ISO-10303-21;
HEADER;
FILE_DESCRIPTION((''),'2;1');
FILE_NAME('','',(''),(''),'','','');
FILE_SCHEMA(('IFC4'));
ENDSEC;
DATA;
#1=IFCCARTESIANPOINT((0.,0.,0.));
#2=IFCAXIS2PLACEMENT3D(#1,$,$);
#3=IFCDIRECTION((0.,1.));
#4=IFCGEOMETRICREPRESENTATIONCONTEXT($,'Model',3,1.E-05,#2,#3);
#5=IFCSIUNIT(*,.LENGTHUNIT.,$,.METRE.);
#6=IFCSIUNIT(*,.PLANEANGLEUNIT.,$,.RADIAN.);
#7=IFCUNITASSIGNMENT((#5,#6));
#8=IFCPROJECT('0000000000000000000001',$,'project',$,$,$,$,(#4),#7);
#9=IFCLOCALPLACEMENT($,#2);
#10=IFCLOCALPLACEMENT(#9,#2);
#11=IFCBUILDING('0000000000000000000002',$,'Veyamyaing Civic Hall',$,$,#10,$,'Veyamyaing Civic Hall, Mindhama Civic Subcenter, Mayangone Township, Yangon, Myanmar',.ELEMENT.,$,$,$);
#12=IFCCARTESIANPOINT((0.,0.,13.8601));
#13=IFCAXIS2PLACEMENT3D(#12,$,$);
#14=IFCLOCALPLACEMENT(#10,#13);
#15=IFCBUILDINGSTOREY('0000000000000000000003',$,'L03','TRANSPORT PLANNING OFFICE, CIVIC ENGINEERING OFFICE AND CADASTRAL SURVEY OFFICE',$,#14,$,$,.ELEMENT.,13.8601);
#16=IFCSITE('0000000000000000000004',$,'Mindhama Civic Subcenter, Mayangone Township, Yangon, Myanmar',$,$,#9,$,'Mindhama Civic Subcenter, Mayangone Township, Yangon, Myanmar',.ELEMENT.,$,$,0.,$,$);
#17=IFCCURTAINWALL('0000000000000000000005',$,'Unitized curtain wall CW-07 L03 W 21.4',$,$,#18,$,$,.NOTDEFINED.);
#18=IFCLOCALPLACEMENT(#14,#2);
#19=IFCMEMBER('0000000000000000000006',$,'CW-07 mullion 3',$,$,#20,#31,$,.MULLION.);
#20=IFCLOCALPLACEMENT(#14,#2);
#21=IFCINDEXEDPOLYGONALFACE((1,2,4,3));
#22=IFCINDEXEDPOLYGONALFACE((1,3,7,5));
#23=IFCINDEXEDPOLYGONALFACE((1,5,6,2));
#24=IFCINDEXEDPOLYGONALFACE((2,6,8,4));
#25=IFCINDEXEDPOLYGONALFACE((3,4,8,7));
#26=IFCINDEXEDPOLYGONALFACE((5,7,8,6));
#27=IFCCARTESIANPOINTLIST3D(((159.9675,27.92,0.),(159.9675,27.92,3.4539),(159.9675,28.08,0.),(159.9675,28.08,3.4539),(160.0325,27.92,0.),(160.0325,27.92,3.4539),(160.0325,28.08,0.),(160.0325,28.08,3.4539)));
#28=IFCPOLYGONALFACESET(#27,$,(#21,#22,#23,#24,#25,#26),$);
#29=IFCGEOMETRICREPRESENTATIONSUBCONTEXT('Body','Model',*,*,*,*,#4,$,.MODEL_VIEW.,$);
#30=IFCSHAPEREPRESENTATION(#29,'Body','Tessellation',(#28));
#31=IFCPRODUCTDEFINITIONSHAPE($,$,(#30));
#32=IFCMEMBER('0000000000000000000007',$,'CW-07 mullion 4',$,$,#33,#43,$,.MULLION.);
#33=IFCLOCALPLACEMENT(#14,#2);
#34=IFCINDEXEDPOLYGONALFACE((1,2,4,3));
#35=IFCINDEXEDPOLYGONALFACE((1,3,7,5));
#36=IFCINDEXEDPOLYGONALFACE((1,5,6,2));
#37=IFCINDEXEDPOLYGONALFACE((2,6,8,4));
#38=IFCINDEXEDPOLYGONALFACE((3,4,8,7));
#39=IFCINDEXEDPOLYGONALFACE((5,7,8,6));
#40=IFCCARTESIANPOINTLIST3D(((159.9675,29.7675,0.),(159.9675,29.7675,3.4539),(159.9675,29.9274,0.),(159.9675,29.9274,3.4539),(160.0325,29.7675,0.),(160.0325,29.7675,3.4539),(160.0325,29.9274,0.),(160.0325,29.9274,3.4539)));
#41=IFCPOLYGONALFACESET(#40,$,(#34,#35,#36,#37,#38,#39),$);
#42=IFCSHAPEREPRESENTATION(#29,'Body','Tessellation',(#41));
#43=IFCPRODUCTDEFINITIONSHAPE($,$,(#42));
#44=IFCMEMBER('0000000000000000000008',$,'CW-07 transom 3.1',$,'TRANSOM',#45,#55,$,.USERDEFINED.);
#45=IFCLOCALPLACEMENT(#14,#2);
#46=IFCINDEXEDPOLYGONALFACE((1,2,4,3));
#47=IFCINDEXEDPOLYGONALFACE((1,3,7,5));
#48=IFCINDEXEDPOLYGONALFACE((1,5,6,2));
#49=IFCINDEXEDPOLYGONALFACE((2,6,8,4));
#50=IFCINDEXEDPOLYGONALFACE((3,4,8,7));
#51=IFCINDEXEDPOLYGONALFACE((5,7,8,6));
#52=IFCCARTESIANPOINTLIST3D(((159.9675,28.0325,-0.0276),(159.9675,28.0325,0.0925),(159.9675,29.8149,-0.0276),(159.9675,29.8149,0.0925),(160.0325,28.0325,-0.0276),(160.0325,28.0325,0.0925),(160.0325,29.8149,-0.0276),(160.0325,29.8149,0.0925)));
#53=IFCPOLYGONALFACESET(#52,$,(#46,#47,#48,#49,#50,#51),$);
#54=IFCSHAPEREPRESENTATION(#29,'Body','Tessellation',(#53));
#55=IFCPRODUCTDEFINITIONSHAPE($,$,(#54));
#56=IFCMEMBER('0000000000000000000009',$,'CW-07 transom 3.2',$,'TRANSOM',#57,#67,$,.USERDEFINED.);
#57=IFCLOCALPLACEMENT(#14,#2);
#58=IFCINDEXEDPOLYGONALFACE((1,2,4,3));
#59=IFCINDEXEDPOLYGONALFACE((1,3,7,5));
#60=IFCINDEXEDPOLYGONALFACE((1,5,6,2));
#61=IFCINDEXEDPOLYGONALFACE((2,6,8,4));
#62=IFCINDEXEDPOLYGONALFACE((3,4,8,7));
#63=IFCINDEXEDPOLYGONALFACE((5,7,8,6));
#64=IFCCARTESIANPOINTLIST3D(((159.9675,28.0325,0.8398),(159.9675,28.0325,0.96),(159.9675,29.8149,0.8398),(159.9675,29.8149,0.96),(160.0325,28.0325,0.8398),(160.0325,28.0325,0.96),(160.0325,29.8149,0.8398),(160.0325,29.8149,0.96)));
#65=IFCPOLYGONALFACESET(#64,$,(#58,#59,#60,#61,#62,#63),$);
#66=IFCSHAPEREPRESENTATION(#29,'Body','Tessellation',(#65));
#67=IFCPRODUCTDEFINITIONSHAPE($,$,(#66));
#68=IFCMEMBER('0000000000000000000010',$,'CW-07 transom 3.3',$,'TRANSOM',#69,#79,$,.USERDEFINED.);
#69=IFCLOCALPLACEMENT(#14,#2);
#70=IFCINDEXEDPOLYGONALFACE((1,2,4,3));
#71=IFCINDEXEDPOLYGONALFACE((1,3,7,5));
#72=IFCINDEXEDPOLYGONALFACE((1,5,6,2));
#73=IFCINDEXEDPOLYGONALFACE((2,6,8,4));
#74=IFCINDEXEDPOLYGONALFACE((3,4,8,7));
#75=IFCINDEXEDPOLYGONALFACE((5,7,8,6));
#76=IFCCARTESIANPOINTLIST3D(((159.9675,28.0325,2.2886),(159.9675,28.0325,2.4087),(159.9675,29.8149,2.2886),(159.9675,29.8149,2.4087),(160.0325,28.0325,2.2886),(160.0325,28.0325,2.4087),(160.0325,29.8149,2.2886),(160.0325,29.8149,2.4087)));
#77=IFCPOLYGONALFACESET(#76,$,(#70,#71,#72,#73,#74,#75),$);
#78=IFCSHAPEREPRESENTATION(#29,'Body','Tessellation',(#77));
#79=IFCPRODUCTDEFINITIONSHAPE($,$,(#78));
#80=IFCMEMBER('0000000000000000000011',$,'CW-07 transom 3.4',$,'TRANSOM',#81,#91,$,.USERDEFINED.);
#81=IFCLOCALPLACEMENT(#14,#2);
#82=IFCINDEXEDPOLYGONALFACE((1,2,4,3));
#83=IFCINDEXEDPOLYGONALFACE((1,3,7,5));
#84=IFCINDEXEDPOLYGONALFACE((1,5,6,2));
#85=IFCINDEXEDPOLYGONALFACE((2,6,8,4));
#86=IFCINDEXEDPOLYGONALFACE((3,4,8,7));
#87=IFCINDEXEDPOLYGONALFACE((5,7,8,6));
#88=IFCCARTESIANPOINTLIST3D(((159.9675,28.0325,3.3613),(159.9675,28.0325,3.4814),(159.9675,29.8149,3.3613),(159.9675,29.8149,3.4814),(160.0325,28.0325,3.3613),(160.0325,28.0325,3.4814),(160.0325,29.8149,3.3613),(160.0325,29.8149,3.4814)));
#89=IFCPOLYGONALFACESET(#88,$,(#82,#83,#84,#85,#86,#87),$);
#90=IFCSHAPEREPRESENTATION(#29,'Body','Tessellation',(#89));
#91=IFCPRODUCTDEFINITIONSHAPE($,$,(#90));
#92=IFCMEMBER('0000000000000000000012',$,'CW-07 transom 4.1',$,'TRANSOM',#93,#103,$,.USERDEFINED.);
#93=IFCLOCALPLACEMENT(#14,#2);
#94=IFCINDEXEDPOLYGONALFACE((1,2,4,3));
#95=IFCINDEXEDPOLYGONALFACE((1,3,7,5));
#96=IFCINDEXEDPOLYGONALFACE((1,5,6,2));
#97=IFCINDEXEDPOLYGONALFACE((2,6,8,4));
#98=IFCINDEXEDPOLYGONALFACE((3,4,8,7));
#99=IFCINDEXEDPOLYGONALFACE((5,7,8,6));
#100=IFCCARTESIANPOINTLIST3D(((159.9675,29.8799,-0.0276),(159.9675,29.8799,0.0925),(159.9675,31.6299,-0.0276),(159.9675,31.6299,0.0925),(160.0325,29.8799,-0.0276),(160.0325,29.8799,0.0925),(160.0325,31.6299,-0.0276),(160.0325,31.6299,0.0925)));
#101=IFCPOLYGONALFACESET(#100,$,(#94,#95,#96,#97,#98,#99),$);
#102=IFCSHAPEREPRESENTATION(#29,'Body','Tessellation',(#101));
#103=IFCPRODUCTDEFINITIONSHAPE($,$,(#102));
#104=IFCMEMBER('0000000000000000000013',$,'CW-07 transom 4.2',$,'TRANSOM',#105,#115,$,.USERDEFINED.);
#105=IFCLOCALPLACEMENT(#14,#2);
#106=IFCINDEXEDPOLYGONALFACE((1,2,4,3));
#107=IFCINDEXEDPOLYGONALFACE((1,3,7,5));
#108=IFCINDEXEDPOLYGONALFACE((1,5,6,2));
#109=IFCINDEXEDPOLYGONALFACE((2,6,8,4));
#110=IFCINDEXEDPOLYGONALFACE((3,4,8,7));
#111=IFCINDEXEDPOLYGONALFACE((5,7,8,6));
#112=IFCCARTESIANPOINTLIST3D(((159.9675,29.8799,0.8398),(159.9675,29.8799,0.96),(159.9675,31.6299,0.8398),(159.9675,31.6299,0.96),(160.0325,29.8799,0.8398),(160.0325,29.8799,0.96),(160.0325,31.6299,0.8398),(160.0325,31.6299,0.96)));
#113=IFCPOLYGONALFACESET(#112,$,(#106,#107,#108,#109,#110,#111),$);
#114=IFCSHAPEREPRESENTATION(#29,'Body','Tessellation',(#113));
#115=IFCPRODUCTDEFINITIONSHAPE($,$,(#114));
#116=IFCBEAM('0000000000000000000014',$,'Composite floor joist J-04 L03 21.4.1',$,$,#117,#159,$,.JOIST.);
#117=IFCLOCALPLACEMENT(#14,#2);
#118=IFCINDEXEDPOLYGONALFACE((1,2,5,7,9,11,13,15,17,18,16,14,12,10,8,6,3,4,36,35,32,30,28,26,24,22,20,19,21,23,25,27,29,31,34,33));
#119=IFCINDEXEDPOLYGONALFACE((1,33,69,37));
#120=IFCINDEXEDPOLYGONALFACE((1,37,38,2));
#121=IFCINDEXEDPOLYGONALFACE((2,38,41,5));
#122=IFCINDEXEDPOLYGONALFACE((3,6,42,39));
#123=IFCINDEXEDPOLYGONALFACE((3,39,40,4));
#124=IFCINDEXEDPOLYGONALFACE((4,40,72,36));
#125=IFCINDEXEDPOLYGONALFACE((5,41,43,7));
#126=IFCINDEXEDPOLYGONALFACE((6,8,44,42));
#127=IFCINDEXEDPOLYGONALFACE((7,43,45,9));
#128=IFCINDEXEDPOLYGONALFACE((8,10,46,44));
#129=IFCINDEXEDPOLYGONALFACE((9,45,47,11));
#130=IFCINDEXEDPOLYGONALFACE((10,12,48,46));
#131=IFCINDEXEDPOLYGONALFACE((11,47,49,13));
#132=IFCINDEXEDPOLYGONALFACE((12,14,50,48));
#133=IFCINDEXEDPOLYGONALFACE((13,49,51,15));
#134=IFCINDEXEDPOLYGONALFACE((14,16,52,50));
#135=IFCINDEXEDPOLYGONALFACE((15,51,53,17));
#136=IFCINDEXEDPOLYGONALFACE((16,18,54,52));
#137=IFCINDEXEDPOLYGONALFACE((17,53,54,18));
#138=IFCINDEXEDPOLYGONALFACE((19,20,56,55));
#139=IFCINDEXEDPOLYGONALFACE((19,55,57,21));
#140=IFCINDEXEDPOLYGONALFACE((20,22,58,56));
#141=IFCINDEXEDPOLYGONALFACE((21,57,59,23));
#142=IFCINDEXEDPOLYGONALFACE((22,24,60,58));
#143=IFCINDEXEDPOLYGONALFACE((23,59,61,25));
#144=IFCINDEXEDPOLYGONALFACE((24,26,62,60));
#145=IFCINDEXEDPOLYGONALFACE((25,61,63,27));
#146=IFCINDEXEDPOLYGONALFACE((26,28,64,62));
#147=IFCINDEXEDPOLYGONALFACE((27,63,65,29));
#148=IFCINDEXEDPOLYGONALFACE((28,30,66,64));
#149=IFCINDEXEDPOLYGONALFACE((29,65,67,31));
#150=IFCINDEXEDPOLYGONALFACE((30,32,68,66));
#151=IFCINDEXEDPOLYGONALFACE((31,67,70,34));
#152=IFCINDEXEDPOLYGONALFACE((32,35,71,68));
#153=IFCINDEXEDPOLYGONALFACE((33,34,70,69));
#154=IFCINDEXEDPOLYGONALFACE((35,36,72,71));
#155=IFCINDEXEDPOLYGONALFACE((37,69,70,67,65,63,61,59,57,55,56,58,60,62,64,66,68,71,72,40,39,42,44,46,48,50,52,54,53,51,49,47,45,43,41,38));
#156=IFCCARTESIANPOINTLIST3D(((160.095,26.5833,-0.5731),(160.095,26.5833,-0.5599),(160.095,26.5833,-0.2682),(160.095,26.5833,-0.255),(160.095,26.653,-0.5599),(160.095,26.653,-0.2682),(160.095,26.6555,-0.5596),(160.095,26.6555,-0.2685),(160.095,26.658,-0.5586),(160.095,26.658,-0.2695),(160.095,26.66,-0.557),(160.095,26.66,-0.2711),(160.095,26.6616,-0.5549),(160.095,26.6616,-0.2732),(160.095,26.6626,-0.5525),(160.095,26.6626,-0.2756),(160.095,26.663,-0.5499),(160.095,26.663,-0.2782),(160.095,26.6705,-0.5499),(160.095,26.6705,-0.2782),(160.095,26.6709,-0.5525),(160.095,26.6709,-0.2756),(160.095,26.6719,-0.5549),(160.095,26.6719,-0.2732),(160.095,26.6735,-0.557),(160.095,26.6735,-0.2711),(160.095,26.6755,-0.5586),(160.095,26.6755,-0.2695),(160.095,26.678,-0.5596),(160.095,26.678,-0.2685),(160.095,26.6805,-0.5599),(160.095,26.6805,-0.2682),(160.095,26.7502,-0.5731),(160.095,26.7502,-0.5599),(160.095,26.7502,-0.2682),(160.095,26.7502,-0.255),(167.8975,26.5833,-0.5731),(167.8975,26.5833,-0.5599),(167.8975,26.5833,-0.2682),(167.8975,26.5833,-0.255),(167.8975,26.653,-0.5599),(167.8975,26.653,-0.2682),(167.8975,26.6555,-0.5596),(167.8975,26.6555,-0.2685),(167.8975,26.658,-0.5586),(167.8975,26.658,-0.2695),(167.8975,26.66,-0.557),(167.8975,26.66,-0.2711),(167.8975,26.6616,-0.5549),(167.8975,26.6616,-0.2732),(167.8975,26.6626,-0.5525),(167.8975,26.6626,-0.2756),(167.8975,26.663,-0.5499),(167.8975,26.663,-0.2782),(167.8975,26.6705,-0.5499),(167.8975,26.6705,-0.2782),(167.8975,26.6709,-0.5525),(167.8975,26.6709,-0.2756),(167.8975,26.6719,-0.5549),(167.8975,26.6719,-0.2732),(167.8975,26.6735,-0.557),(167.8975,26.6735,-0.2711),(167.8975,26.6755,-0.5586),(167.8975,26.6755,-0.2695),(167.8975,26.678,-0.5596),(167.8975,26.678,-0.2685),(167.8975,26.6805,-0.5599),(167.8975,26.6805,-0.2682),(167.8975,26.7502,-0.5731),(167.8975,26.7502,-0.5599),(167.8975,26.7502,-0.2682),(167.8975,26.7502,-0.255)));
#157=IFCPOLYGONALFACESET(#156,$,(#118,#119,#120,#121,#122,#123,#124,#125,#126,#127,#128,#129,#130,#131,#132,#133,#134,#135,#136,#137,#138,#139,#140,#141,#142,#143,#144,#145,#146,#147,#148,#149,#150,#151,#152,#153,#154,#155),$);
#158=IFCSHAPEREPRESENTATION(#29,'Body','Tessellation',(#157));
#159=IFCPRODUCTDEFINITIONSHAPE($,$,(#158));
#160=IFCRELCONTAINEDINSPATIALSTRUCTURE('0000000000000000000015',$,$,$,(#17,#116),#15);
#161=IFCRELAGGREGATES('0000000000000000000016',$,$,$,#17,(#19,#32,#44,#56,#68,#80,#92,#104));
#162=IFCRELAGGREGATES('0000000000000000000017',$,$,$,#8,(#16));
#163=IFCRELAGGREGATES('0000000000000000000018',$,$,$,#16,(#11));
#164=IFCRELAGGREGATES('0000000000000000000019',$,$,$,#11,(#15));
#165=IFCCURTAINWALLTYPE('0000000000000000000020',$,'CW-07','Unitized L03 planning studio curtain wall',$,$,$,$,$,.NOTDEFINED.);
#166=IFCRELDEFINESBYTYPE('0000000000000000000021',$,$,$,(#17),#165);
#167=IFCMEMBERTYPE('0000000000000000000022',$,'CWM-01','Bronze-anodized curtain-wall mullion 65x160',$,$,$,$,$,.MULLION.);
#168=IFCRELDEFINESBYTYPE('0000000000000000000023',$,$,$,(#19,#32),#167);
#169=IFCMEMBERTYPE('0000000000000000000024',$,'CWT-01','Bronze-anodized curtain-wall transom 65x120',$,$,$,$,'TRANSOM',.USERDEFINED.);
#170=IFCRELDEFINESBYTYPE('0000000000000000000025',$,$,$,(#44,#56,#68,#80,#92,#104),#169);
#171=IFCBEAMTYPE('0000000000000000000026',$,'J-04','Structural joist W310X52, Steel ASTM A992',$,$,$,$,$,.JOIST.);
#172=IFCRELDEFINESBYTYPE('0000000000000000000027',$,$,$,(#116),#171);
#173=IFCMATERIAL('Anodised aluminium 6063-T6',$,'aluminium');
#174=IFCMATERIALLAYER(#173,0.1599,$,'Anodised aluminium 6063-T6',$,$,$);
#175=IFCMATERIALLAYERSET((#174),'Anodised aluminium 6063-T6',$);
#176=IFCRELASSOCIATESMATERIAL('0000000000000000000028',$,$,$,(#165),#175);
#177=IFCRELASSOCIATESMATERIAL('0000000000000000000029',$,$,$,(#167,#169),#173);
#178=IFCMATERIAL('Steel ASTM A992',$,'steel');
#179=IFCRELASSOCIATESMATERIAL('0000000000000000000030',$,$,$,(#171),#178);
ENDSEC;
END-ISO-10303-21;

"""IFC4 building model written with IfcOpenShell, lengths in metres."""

from ifc_helpers import new_model, si_unit, direction, frame, origin, origin_2d, place, context, subcontext, project, spatial, rectangle, i_section, extrude, material, layer, layer_set, material_profile, profile_set, type_object, element, aggregate, save


model = new_model("IFC4")

# Units and contexts
model_context = context("Model", 3, precision=1e-05, world=origin(), true_north=direction((0.0, 1.0)))
body_context = subcontext(model_context, "Body", "Model", "MODEL_VIEW")
ifc_project = project(units=[si_unit("LENGTHUNIT", "METRE"), si_unit("PLANEANGLEUNIT", "RADIAN")], contexts=[model_context])

# Site, building, storey
site_placement = place(None, origin())
site = spatial("IfcSite", under=ifc_project, at=site_placement, Name="Mindhama Civic Subcenter, Mayangone Township, Yangon, Myanmar", LongName="Mindhama Civic Subcenter, Mayangone Township, Yangon, Myanmar", CompositionType="ELEMENT", RefElevation=0.0)
building_placement = place(site_placement, origin())
building = spatial("IfcBuilding", under=site, at=building_placement, Name="Veyamyaing Civic Hall", LongName="Veyamyaing Civic Hall, Mindhama Civic Subcenter, Mayangone Township, Yangon, Myanmar", CompositionType="ELEMENT")
storey_placement = place(building_placement, frame((0.0, 0.0, 13.8601)))
storey = spatial("IfcBuildingStorey", under=building, at=storey_placement, Name="L03", Description="TRANSPORT PLANNING OFFICE, CIVIC ENGINEERING OFFICE AND CADASTRAL SURVEY OFFICE", CompositionType="ELEMENT", Elevation=13.8601)

# Curtain wall, members
ifc_material_1 = material(Name="Anodised aluminium 6063-T6", Category="aluminium")
ifc_layer_1 = layer(ifc_material_1, 0.1599, Name="Anodised aluminium 6063-T6")
ifc_layer_set_1 = layer_set([ifc_layer_1], Name="Anodised aluminium 6063-T6")
curtain_wall_type = type_object("IfcCurtainWallType", Name="CW-07", Description="Unitized L03 planning studio curtain wall", PredefinedType="NOTDEFINED", material=ifc_layer_set_1)
curtain_wall_placement = place(storey_placement, origin())
curtain_wall = element("IfcCurtainWall", 1, at=curtain_wall_placement, inside=storey, type_object=curtain_wall_type, Name="Unitized curtain wall CW-07 L03 W 21.4", PredefinedType="NOTDEFINED")
ifc_material_profile_1 = material_profile(ifc_material_1, rectangle(XDim=0.0649, YDim=0.1599, at=origin_2d()), Name="ALU-MUL-65X160")
ifc_profile_set_1 = profile_set([ifc_material_profile_1], Name="Anodised aluminium 6063-T6")
member_type_1 = type_object("IfcMemberType", Name="CWM-01", Description="Bronze-anodized curtain-wall mullion 65x160", PredefinedType="MULLION", material=ifc_profile_set_1)
member_1_placement = place(storey_placement, frame((160.0, 28.0, 0.0), z_axis=(0.0, 0.0, 1.0), x_axis=(-1.0, 0.0, 0.0)))
member_1 = element("IfcMember", 2, at=member_1_placement, type_object=member_type_1, Name="CW-07 mullion 3", PredefinedType="MULLION", context=body_context, shape_type="SweptSolid", body=[
    extrude(rectangle(XDim=0.0649, YDim=0.1599, at=origin_2d()), origin(), (0.0, 0.0, 1.0), 3.4539),
])
member_2_placement = place(storey_placement, frame((160.0, 29.8474, 0.0), z_axis=(0.0, 0.0, 1.0), x_axis=(-1.0, 0.0, 0.0)))
member_2 = element("IfcMember", 3, at=member_2_placement, type_object=member_type_1, Name="CW-07 mullion 4", PredefinedType="MULLION", context=body_context, shape_type="SweptSolid", body=[
    extrude(rectangle(XDim=0.0649, YDim=0.1599, at=origin_2d()), origin(), (0.0, 0.0, 1.0), 3.4539),
])
ifc_material_profile_2 = material_profile(ifc_material_1, rectangle(XDim=0.0649, YDim=0.1201, at=origin_2d()), Name="ALU-TRN-65X120")
ifc_profile_set_2 = profile_set([ifc_material_profile_2], Name="Anodised aluminium 6063-T6")
member_type_2 = type_object("IfcMemberType", Name="CWT-01", Description="Bronze-anodized curtain-wall transom 65x120", ElementType="TRANSOM", PredefinedType="USERDEFINED", material=ifc_profile_set_2)
member_3_placement = place(storey_placement, frame((160.0, 28.0325, 0.0325), z_axis=(0.0, 1.0, 0.0), x_axis=(-1.0, 0.0, 0.0)))
member_3 = element("IfcMember", 4, at=member_3_placement, type_object=member_type_2, Name="CW-07 transom 3.1", ObjectType="TRANSOM", PredefinedType="USERDEFINED", context=body_context, shape_type="SweptSolid", body=[
    extrude(rectangle(XDim=0.0649, YDim=0.1201, at=origin_2d()), origin(), (0.0, 0.0, 1.0), 1.7825),
])
member_4_placement = place(storey_placement, frame((160.0, 28.0325, 0.8999), z_axis=(0.0, 1.0, 0.0), x_axis=(-1.0, 0.0, 0.0)))
member_4 = element("IfcMember", 5, at=member_4_placement, type_object=member_type_2, Name="CW-07 transom 3.2", ObjectType="TRANSOM", PredefinedType="USERDEFINED", context=body_context, shape_type="SweptSolid", body=[
    extrude(rectangle(XDim=0.0649, YDim=0.1201, at=origin_2d()), origin(), (0.0, 0.0, 1.0), 1.7825),
])
member_5_placement = place(storey_placement, frame((160.0, 28.0325, 2.3486), z_axis=(0.0, 1.0, 0.0), x_axis=(-1.0, 0.0, 0.0)))
member_5 = element("IfcMember", 6, at=member_5_placement, type_object=member_type_2, Name="CW-07 transom 3.3", ObjectType="TRANSOM", PredefinedType="USERDEFINED", context=body_context, shape_type="SweptSolid", body=[
    extrude(rectangle(XDim=0.0649, YDim=0.1201, at=origin_2d()), origin(), (0.0, 0.0, 1.0), 1.7825),
])
member_6_placement = place(storey_placement, frame((160.0, 28.0325, 3.4214), z_axis=(0.0, 1.0, 0.0), x_axis=(-1.0, 0.0, 0.0)))
member_6 = element("IfcMember", 7, at=member_6_placement, type_object=member_type_2, Name="CW-07 transom 3.4", ObjectType="TRANSOM", PredefinedType="USERDEFINED", context=body_context, shape_type="SweptSolid", body=[
    extrude(rectangle(XDim=0.0649, YDim=0.1201, at=origin_2d()), origin(), (0.0, 0.0, 1.0), 1.7825),
])
member_7_placement = place(storey_placement, frame((160.0, 29.8799, 0.0325), z_axis=(0.0, 1.0, 0.0), x_axis=(-1.0, 0.0, 0.0)))
member_7 = element("IfcMember", 8, at=member_7_placement, type_object=member_type_2, Name="CW-07 transom 4.1", ObjectType="TRANSOM", PredefinedType="USERDEFINED", context=body_context, shape_type="SweptSolid", body=[
    extrude(rectangle(XDim=0.0649, YDim=0.1201, at=origin_2d()), origin(), (0.0, 0.0, 1.0), 1.75),
])
member_8_placement = place(storey_placement, frame((160.0, 29.8799, 0.8999), z_axis=(0.0, 1.0, 0.0), x_axis=(-1.0, 0.0, 0.0)))
member_8 = element("IfcMember", 9, at=member_8_placement, type_object=member_type_2, Name="CW-07 transom 4.2", ObjectType="TRANSOM", PredefinedType="USERDEFINED", context=body_context, shape_type="SweptSolid", body=[
    extrude(rectangle(XDim=0.0649, YDim=0.1201, at=origin_2d()), origin(), (0.0, 0.0, 1.0), 1.75),
])

# Beam
ifc_material_2 = material(Name="Steel ASTM A992", Category="steel")
ifc_material_profile_3 = material_profile(ifc_material_2, i_section(OverallWidth=0.167, OverallDepth=0.3181, WebThickness=0.0076, FlangeThickness=0.0132, FilletRadius=0.01, at=origin_2d()), Name="W310X52")
ifc_profile_set_3 = profile_set([ifc_material_profile_3], Name="Steel ASTM A992")
beam_type = type_object("IfcBeamType", Name="J-04", Description="Structural joist W310X52, Steel ASTM A992", PredefinedType="JOIST", material=ifc_profile_set_3)
for number, where, z_axis, x_axis, name in (
    (10, (160.095, 26.6667, -0.4141), (1.0, 0.0, 0.0), (0.0, 1.0, 0.0), "Composite floor joist J-04 L03 21.4.1"),
):
    element("IfcBeam", number, at=place(storey_placement, frame(where, z_axis=z_axis, x_axis=x_axis)), inside=storey, type_object=beam_type, Name=name, PredefinedType="JOIST", context=body_context, shape_type="SweptSolid", body=[
        extrude(i_section(OverallWidth=0.167, OverallDepth=0.3181, WebThickness=0.0076, FlangeThickness=0.0132, FilletRadius=0.01, at=origin_2d()), origin(), (0.0, 0.0, 1.0), 7.8025),
    ])

aggregate(curtain_wall, [member_1, member_2, member_3, member_4, member_5, member_6, member_7, member_8])

save(model, "model.ifc")
